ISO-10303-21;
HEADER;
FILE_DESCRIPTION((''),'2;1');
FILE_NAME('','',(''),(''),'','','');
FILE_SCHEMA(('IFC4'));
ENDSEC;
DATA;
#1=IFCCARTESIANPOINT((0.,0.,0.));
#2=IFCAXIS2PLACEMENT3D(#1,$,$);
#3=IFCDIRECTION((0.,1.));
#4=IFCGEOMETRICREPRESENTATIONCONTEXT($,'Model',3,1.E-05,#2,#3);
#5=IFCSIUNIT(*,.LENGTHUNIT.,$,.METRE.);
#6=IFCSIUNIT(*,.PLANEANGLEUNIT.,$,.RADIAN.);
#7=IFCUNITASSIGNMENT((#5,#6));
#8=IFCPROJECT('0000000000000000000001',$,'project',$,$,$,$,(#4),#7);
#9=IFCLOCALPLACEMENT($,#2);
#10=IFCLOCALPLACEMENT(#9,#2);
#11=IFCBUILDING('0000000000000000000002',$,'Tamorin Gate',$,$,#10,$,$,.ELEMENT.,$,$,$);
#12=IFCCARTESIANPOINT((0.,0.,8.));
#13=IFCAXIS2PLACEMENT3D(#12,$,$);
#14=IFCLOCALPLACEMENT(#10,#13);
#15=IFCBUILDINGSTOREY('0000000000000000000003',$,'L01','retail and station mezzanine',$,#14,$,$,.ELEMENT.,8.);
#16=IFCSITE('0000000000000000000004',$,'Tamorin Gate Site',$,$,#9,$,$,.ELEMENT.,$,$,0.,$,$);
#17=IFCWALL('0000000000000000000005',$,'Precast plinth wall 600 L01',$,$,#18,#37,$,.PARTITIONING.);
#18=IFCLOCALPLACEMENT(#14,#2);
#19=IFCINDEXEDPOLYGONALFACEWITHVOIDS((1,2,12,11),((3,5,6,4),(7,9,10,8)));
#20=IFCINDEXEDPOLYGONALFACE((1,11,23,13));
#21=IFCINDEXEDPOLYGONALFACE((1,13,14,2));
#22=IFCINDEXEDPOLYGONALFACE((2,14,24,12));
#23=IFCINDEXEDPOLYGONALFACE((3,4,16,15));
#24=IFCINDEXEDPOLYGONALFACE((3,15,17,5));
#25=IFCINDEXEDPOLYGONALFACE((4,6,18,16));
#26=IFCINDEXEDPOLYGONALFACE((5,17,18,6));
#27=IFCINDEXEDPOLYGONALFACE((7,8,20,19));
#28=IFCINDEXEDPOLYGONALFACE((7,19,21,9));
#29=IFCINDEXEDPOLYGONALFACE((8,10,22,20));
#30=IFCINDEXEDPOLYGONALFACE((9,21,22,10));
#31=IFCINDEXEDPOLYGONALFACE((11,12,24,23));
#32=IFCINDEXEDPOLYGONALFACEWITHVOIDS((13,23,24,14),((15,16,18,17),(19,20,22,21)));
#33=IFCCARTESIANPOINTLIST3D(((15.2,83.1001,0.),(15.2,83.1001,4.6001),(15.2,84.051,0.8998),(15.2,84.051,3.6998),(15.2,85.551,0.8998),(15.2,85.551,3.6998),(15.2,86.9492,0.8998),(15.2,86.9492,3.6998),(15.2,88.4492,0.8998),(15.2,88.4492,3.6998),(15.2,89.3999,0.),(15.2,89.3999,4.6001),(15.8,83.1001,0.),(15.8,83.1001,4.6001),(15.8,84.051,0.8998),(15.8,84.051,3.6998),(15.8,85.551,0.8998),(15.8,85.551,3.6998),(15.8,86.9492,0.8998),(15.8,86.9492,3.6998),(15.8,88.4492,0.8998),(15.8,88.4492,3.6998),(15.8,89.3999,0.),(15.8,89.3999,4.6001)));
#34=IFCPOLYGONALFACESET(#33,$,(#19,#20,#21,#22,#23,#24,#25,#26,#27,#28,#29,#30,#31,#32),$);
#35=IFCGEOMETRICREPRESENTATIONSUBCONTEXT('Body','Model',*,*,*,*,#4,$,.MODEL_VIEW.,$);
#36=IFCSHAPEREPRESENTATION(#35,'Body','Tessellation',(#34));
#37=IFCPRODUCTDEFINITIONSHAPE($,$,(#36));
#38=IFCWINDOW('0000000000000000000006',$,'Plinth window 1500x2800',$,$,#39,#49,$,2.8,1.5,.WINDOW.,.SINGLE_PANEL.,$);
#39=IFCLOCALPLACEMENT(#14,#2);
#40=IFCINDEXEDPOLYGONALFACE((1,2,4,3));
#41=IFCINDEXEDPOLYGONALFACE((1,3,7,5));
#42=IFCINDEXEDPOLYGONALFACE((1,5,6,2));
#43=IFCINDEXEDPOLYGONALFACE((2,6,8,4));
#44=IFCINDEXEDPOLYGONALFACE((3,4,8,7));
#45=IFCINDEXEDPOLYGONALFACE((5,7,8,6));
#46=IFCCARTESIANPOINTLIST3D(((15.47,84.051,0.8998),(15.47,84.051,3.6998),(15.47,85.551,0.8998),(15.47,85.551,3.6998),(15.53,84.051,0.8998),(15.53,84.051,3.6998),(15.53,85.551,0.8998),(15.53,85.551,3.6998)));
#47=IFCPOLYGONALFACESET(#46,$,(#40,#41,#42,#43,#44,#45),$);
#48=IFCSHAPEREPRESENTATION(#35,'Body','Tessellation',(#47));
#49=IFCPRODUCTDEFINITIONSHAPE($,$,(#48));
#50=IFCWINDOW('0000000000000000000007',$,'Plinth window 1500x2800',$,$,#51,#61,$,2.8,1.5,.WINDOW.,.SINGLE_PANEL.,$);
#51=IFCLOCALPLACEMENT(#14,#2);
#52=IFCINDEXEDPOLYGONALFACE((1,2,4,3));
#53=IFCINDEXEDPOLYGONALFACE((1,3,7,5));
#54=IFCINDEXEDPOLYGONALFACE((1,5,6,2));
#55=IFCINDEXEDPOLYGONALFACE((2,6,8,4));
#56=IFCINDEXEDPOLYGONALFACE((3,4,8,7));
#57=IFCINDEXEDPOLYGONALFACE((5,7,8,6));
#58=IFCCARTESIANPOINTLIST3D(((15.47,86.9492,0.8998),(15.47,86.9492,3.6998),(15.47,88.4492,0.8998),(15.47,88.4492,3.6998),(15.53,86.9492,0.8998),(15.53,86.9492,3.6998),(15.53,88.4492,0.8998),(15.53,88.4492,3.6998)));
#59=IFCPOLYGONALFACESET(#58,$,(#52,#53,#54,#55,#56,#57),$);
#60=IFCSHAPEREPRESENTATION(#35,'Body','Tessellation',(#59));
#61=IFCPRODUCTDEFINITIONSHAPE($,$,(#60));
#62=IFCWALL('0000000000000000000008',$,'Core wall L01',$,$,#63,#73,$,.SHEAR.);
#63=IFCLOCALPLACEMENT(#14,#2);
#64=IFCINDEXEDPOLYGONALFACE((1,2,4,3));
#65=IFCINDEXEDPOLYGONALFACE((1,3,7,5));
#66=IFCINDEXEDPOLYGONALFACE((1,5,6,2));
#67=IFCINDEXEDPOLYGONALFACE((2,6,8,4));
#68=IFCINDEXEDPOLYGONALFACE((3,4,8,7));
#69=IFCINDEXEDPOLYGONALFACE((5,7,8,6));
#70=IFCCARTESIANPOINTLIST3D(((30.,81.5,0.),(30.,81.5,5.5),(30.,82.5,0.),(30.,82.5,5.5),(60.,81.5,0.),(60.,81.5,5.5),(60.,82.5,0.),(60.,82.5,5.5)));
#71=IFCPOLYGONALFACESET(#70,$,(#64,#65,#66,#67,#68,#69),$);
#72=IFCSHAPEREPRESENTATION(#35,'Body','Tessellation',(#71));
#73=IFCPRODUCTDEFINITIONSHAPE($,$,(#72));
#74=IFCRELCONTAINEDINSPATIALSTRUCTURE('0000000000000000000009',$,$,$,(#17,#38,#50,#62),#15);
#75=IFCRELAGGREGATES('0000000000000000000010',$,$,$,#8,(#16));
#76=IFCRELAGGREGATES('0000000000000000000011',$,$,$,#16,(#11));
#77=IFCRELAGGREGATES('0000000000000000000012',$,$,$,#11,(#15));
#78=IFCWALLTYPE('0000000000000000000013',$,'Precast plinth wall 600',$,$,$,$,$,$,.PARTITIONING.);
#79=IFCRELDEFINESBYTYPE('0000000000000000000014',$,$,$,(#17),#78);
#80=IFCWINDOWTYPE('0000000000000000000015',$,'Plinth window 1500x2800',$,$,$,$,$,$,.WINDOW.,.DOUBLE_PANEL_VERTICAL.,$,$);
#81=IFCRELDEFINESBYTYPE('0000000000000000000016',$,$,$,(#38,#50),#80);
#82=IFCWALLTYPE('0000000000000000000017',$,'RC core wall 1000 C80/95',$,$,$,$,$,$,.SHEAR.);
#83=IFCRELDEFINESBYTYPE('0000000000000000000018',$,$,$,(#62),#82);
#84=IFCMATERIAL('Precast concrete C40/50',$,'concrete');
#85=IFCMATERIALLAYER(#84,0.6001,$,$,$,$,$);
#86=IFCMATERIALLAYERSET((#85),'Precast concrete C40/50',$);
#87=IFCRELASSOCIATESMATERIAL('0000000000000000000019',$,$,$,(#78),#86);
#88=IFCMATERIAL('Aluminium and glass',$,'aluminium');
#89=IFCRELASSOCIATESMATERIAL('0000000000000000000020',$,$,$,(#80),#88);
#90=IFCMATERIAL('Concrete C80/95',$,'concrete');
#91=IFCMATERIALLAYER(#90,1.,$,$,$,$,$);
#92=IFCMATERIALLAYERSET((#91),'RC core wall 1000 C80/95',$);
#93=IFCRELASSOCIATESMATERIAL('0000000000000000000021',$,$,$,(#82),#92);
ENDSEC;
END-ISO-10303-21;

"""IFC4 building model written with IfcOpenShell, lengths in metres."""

from ifc_helpers import new_model, si_unit, direction, frame, frame_2d, origin, place, context, subcontext, project, spatial, rectangle, extrude, material, layer, layer_set, type_object, element, fill, save


model = new_model("IFC4")

# Units and contexts
model_context = context("Model", 3, precision=1e-05, world=origin(), true_north=direction((0.0, 1.0)))
body_context = subcontext(model_context, "Body", "Model", "MODEL_VIEW")
ifc_project = project(units=[si_unit("LENGTHUNIT", "METRE"), si_unit("PLANEANGLEUNIT", "RADIAN")], contexts=[model_context])

# Site, building, storey
site_placement = place(None, origin())
site = spatial("IfcSite", under=ifc_project, at=site_placement, Name="Tamorin Gate Site", CompositionType="ELEMENT", RefElevation=0.0)
building_placement = place(site_placement, origin())
building = spatial("IfcBuilding", under=site, at=building_placement, Name="Tamorin Gate", CompositionType="ELEMENT")
storey_placement = place(building_placement, frame((0.0, 0.0, 8.0)))
storey = spatial("IfcBuildingStorey", under=building, at=storey_placement, Name="L01", Description="retail and station mezzanine", CompositionType="ELEMENT", Elevation=8.0)

# Shared definitions
ifc_material_1 = material(Name="Concrete C80/95", Category="concrete")

# Wall, openings, windows
ifc_material_2 = material(Name="Precast concrete C40/50", Category="concrete")
ifc_layer_1 = layer(ifc_material_2, 0.6001)
ifc_layer_set_1 = layer_set([ifc_layer_1], Name="Precast concrete C40/50")
wall_type_1 = type_object("IfcWallType", Name="Precast plinth wall 600", PredefinedType="PARTITIONING", material=ifc_layer_set_1)
ifc_material_3 = material(Name="Aluminium and glass", Category="aluminium")
window_type = type_object("IfcWindowType", Name="Plinth window 1500x2800", PartitioningType="DOUBLE_PANEL_VERTICAL", PredefinedType="WINDOW", material=ifc_material_3)
wall_1_placement = place(storey_placement, frame((15.5, 83.1001, 0.0), z_axis=(0.0, 0.0, 1.0), x_axis=(0.0, 1.0, 0.0)))
wall_1 = element("IfcWall", 1, at=wall_1_placement, inside=storey, type_object=wall_type_1, Name="Precast plinth wall 600 L01", PredefinedType="PARTITIONING", context=body_context, shape_type="SweptSolid", body=[
    extrude(rectangle(XDim=6.2998, YDim=0.6001, at=frame_2d((3.1499, 0.0))), origin(), (0.0, 0.0, 1.0), 4.6001),
])
opening_1_placement = place(wall_1_placement, frame((0.9509, 0.0, 0.8999)))
opening_1 = element("IfcOpeningElement", 2, at=opening_1_placement, cuts=wall_1, PredefinedType="OPENING", context=body_context, shape_type="SweptSolid", body=[
    extrude(rectangle(XDim=1.5, YDim=2.8, at=frame_2d((0.75, 1.3999))), frame((0.0, 0.3101, 0.0), z_axis=(0.0, -1.0, 0.0), x_axis=(1.0, 0.0, 0.0)), (0.0, 0.0, 1.0), 0.6201),
])
opening_2_placement = place(wall_1_placement, frame((3.8491, 0.0, 0.8999)))
opening_2 = element("IfcOpeningElement", 3, at=opening_2_placement, cuts=wall_1, PredefinedType="OPENING", context=body_context, shape_type="SweptSolid", body=[
    extrude(rectangle(XDim=1.5, YDim=2.8, at=frame_2d((0.75, 1.3999))), frame((0.0, 0.3101, 0.0), z_axis=(0.0, -1.0, 0.0), x_axis=(1.0, 0.0, 0.0)), (0.0, 0.0, 1.0), 0.6201),
])
window_1_placement = place(opening_1_placement, origin())
window_1 = element("IfcWindow", 4, at=window_1_placement, inside=storey, type_object=window_type, Name="Plinth window 1500x2800", OverallHeight=2.8, OverallWidth=1.5, PartitioningType="SINGLE_PANEL", PredefinedType="WINDOW", context=body_context, shape_type="SweptSolid", body=[
    extrude(rectangle(XDim=1.5, YDim=2.8, at=frame_2d((0.75, 1.3999))), frame((0.0, 0.03, 0.0), z_axis=(0.0, -1.0, 0.0), x_axis=(1.0, 0.0, 0.0)), (0.0, 0.0, 1.0), 0.0601),
])
fill(opening_1, window_1)
window_2_placement = place(opening_2_placement, origin())
window_2 = element("IfcWindow", 5, at=window_2_placement, inside=storey, type_object=window_type, Name="Plinth window 1500x2800", OverallHeight=2.8, OverallWidth=1.5, PartitioningType="SINGLE_PANEL", PredefinedType="WINDOW", context=body_context, shape_type="SweptSolid", body=[
    extrude(rectangle(XDim=1.5, YDim=2.8, at=frame_2d((0.75, 1.3999))), frame((0.0, 0.03, 0.0), z_axis=(0.0, -1.0, 0.0), x_axis=(1.0, 0.0, 0.0)), (0.0, 0.0, 1.0), 0.0601),
])
fill(opening_2, window_2)

# Wall
ifc_layer_2 = layer(ifc_material_1, 1.0)
ifc_layer_set_2 = layer_set([ifc_layer_2], Name="RC core wall 1000 C80/95")
wall_type_2 = type_object("IfcWallType", Name="RC core wall 1000 C80/95", PredefinedType="SHEAR", material=ifc_layer_set_2)
wall_2_placement = place(storey_placement, frame((30.0, 82.0, 0.0), z_axis=(0.0, 0.0, 1.0), x_axis=(1.0, 0.0, 0.0)))
element("IfcWall", 6, at=wall_2_placement, inside=storey, type_object=wall_type_2, Name="Core wall L01", PredefinedType="SHEAR", context=body_context, shape_type="SweptSolid", body=[
    extrude(rectangle(XDim=30.0, YDim=1.0, at=frame_2d((15.0, 0.0))), origin(), (0.0, 0.0, 1.0), 5.5),
])

save(model, "model.ifc")
